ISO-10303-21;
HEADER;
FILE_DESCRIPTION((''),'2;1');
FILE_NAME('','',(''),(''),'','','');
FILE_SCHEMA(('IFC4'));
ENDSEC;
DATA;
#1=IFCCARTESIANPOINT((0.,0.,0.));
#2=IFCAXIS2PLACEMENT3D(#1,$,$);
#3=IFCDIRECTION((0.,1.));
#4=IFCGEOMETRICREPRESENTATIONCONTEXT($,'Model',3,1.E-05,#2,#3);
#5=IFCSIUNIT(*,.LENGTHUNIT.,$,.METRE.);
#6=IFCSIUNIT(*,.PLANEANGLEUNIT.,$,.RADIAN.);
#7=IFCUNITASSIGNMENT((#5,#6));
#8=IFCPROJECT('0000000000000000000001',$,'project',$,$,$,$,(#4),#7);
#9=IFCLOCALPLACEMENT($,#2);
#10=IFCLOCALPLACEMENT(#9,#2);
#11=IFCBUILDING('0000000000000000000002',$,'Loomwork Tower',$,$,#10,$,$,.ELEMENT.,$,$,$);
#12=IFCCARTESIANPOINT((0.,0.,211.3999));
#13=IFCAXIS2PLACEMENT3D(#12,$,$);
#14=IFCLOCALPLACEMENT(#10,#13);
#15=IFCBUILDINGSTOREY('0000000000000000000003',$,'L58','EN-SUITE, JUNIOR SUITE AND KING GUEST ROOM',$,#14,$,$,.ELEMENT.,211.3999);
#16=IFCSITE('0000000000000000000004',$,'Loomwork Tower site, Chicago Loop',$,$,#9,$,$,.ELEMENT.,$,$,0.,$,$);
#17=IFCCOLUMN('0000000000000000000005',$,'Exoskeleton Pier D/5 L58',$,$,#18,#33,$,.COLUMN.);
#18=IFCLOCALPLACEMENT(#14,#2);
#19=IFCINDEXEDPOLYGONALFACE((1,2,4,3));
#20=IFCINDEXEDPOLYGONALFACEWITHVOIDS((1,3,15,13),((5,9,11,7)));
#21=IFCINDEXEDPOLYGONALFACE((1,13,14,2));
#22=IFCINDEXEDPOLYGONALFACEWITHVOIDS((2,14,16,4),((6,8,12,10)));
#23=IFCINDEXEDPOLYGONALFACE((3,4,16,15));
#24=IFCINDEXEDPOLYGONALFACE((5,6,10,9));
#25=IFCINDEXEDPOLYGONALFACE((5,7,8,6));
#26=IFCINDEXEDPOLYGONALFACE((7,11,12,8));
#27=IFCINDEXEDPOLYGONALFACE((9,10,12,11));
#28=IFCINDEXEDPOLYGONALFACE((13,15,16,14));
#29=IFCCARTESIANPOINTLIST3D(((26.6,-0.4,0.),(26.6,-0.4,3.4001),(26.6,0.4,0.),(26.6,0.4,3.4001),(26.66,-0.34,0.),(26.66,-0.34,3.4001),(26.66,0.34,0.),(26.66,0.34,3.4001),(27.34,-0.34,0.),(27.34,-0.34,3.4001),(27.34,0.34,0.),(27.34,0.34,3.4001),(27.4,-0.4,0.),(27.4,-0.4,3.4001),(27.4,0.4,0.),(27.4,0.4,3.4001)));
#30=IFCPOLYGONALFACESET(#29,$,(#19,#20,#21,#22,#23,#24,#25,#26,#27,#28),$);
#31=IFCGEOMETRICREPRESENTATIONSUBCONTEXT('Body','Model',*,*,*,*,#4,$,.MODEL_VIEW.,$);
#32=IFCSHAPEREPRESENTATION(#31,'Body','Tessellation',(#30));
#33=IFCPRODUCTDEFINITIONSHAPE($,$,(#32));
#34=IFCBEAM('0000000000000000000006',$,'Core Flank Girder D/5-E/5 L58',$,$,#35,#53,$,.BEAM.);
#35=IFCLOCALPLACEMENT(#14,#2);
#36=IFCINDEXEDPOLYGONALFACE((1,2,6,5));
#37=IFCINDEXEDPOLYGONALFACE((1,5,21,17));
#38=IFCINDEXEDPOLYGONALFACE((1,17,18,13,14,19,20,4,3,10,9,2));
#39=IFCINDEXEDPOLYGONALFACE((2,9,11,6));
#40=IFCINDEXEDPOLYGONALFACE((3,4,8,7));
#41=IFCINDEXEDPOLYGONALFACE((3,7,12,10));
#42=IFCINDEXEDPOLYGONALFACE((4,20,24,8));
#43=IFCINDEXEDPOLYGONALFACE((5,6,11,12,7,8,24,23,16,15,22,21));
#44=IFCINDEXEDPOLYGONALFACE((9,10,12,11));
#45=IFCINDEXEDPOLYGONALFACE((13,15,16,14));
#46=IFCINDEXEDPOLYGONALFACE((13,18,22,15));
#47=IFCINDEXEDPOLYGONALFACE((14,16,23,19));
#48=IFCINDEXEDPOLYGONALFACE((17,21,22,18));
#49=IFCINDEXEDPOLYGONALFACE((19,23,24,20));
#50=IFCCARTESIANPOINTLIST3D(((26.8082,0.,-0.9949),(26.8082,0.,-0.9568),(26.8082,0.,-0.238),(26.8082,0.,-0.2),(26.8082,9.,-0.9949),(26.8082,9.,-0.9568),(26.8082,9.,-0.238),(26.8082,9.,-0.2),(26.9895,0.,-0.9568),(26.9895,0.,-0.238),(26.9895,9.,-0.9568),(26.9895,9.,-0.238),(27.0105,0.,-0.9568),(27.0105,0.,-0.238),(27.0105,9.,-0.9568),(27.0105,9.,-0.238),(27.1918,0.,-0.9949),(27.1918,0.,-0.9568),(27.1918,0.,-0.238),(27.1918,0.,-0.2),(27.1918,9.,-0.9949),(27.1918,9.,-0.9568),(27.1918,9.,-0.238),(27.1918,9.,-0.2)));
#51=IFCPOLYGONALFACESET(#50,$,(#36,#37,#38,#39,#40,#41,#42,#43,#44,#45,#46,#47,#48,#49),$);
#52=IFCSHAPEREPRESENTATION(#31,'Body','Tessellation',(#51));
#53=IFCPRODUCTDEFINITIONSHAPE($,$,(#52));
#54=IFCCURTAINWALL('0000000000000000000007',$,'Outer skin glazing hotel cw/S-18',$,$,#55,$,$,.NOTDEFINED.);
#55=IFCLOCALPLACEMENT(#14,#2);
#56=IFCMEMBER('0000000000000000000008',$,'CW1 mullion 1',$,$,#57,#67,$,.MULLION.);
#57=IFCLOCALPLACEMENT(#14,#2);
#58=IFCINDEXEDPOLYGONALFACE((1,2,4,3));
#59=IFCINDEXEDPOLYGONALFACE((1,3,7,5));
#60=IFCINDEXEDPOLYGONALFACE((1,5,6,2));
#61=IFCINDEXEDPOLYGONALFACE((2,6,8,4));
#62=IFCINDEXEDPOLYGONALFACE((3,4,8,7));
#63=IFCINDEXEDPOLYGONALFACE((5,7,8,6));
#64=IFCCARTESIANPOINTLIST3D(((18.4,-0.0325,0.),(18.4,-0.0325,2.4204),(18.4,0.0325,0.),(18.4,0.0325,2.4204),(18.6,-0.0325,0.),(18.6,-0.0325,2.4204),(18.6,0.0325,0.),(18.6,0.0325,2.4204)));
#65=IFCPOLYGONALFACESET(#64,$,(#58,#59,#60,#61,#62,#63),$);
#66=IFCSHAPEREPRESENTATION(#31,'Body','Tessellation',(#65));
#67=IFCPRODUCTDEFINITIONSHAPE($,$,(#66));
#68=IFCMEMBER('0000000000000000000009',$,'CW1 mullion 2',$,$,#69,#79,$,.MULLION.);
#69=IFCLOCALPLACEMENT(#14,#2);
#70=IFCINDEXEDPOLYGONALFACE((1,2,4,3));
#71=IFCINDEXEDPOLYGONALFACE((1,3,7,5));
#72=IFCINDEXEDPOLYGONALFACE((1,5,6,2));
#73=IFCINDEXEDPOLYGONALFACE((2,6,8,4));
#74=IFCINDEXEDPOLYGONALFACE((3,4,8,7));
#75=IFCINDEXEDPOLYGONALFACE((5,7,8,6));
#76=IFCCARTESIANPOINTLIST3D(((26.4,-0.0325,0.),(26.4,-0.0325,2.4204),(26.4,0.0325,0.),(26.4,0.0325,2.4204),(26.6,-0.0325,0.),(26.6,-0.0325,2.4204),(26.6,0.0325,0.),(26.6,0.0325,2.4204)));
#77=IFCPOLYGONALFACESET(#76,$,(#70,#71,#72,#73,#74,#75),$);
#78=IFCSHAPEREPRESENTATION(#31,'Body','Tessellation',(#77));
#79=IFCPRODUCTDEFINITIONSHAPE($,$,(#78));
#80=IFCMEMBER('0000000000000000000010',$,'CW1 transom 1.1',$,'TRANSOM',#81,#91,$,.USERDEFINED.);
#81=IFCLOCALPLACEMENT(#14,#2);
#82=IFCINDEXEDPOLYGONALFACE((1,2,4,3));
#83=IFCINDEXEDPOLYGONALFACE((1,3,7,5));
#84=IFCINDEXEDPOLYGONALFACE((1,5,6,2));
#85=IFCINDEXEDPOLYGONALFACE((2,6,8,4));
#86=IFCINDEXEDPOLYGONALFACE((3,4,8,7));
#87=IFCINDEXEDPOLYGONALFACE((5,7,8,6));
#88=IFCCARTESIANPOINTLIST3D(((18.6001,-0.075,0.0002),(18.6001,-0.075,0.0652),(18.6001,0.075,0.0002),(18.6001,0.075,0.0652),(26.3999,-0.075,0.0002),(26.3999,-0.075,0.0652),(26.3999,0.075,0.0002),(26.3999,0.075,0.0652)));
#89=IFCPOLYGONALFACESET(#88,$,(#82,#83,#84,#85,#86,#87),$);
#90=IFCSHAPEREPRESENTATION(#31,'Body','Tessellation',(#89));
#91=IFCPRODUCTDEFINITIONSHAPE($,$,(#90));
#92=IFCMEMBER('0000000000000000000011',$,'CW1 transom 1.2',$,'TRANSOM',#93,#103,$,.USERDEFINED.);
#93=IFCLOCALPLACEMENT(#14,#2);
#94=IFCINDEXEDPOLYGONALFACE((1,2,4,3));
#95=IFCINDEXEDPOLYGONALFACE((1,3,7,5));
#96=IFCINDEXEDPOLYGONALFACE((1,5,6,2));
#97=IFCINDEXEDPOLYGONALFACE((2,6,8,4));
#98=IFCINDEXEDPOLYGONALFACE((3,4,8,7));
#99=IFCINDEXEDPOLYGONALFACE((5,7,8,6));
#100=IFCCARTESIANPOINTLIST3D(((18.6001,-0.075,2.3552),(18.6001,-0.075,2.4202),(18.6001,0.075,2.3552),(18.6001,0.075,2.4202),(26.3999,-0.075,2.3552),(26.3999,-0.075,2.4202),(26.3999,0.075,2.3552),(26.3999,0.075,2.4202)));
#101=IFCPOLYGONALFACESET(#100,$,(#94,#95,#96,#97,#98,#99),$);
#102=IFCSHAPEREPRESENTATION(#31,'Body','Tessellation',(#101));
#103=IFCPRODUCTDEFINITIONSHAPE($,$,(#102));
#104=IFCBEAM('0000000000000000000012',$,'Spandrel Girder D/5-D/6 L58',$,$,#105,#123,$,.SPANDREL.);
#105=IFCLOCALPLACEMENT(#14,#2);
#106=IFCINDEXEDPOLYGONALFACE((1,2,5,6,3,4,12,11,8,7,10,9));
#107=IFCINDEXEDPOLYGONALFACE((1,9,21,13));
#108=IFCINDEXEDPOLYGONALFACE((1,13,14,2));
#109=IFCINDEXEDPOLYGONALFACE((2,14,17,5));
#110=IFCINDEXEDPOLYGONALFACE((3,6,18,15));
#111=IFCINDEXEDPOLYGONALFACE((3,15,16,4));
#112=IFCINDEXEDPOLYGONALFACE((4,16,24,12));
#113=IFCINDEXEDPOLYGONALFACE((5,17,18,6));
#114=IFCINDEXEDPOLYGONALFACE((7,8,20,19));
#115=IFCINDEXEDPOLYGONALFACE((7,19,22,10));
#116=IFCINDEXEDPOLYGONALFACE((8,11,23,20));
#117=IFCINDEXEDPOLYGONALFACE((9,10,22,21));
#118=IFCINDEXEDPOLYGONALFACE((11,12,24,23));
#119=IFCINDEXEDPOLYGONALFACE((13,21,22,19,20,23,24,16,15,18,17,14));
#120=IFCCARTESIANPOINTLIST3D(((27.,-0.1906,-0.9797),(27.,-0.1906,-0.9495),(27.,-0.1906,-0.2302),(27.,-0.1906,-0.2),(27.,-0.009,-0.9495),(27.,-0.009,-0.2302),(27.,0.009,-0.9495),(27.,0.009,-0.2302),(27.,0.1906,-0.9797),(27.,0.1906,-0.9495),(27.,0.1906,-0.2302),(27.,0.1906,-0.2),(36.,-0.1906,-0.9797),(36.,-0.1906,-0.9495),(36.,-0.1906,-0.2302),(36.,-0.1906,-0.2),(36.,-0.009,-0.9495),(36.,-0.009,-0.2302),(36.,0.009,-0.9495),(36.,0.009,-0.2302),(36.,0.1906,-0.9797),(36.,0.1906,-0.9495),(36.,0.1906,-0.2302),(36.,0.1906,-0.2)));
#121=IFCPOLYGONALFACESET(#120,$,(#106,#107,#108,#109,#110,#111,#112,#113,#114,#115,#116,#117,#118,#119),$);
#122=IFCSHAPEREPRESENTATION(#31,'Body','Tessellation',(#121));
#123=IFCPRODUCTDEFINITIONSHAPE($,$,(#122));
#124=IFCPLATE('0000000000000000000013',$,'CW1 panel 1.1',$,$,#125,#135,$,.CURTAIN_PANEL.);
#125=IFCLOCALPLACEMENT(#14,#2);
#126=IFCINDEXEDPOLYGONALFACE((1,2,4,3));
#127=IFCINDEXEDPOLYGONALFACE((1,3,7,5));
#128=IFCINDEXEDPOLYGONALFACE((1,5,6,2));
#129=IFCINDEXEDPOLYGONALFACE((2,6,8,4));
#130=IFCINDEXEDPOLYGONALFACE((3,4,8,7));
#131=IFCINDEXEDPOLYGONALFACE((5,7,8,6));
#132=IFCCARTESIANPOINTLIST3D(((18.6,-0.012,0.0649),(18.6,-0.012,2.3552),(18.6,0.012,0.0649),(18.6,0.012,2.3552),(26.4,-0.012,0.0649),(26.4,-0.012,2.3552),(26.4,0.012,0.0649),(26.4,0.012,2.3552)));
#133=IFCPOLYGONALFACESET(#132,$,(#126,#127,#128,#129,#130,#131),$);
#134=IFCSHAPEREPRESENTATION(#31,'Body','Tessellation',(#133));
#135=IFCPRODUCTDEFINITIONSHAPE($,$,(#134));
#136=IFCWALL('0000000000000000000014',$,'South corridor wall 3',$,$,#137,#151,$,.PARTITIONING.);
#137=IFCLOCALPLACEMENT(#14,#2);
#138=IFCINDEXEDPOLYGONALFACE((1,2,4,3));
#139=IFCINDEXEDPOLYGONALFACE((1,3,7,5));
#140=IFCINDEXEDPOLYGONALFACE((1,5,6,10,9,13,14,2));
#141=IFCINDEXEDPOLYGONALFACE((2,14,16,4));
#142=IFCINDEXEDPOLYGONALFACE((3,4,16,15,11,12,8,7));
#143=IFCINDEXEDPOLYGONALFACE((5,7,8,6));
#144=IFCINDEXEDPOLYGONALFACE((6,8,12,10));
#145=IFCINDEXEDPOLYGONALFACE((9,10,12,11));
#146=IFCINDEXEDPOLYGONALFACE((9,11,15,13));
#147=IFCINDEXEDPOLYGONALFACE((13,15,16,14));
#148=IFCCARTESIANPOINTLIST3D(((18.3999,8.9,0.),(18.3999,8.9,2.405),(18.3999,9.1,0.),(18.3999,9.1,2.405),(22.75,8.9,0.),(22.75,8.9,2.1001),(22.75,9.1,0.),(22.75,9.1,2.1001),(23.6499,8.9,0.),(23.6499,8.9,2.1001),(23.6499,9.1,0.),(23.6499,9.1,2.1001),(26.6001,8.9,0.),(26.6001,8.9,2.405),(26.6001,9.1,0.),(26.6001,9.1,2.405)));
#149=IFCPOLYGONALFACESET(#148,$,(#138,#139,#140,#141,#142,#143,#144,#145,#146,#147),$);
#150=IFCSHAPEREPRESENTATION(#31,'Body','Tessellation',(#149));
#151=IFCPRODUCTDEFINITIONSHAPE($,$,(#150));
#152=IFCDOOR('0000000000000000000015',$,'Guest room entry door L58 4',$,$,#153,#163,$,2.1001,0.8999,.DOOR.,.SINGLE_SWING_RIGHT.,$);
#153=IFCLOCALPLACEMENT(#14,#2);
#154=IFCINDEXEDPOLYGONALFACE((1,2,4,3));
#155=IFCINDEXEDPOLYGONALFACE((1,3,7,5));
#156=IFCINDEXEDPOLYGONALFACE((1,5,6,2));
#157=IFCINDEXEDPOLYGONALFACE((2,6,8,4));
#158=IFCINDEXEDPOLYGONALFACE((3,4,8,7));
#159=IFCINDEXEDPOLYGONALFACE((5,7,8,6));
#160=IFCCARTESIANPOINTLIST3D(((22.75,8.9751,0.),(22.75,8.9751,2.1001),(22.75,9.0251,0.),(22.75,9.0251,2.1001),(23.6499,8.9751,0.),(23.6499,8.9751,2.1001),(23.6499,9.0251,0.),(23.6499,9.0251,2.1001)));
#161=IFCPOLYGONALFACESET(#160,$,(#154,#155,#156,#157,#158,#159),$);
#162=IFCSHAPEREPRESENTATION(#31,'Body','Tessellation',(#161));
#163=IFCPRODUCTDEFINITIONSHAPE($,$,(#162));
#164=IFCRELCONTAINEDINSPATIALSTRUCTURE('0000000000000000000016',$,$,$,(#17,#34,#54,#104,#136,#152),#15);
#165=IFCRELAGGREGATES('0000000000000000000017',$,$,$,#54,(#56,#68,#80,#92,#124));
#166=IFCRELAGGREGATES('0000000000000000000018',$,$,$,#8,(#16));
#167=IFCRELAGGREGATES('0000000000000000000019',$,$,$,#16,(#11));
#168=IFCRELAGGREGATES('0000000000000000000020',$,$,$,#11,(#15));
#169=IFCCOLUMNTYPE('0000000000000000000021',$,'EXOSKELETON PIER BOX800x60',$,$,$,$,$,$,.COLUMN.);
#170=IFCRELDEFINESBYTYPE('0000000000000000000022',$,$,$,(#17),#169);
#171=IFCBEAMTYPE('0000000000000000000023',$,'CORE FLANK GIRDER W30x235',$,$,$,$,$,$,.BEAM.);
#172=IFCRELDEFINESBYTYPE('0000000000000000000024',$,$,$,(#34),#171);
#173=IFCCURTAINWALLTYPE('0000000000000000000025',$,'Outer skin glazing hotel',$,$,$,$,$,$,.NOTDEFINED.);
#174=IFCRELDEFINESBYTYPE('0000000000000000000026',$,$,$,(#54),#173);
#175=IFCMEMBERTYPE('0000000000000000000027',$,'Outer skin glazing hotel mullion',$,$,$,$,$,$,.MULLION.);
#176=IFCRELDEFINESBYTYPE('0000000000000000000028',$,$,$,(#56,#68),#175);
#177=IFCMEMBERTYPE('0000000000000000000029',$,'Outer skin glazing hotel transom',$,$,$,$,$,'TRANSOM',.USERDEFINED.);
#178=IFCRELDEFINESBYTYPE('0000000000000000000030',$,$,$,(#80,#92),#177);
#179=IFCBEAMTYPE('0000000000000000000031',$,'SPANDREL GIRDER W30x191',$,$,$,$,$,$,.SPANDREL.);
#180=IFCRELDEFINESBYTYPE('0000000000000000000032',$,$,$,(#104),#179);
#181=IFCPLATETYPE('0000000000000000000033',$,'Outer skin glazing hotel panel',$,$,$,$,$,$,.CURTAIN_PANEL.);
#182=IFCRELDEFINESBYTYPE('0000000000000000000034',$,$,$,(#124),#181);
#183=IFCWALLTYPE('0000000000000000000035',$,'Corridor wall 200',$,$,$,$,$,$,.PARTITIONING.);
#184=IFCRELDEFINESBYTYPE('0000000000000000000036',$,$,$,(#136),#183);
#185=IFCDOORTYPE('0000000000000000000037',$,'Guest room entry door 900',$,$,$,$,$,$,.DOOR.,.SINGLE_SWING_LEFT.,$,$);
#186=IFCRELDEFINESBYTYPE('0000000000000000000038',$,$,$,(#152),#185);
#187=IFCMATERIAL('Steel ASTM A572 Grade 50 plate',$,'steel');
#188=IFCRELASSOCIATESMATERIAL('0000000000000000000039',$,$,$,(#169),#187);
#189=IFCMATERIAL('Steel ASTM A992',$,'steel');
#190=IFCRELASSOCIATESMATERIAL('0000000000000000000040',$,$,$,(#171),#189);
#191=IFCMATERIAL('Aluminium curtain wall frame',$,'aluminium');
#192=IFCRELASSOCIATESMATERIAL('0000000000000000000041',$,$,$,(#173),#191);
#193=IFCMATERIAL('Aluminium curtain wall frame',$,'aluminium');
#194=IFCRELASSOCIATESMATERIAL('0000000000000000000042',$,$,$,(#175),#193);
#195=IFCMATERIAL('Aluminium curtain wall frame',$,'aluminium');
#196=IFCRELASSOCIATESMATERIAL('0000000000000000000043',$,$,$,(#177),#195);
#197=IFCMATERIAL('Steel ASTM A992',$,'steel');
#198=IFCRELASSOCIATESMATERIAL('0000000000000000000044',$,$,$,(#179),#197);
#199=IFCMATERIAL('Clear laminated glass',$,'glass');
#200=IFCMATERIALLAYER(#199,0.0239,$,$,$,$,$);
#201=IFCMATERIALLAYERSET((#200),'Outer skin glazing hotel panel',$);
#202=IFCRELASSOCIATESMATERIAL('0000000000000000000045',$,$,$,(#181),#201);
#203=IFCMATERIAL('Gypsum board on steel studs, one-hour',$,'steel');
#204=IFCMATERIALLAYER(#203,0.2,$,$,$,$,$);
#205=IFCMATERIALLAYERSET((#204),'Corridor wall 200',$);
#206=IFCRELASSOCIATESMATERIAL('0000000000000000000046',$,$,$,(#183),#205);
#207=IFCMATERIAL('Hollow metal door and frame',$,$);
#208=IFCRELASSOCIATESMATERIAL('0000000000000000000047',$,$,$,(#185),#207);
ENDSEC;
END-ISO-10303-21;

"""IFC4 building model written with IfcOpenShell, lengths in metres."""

from ifc_helpers import new_model, si_unit, direction, frame, frame_2d, origin, origin_2d, place, context, subcontext, project, spatial, rectangle, hollow_rectangle, i_section, extrude, material, layer, layer_set, material_profile, profile_set, type_object, element, fill, aggregate, save


model = new_model("IFC4")

# Units and contexts
model_context = context("Model", 3, precision=1e-05, world=origin(), true_north=direction((0.0, 1.0)))
body_context = subcontext(model_context, "Body", "Model", "MODEL_VIEW")
ifc_project = project(units=[si_unit("LENGTHUNIT", "METRE"), si_unit("PLANEANGLEUNIT", "RADIAN")], contexts=[model_context])

# Site, building, storey
site_placement = place(None, origin())
site = spatial("IfcSite", under=ifc_project, at=site_placement, Name="Loomwork Tower site, Chicago Loop", CompositionType="ELEMENT", RefElevation=0.0)
building_placement = place(site_placement, origin())
building = spatial("IfcBuilding", under=site, at=building_placement, Name="Loomwork Tower", CompositionType="ELEMENT")
storey_placement = place(building_placement, frame((0.0, 0.0, 211.3999)))
storey = spatial("IfcBuildingStorey", under=building, at=storey_placement, Name="L58", Description="EN-SUITE, JUNIOR SUITE AND KING GUEST ROOM", CompositionType="ELEMENT", Elevation=211.3999)

# Column
ifc_material_1 = material(Name="Steel ASTM A572 Grade 50 plate", Category="steel")
ifc_material_profile_1 = material_profile(ifc_material_1, hollow_rectangle(XDim=0.8, YDim=0.8, WallThickness=0.0601, at=origin_2d()), Name="BOX800x60")
ifc_profile_set_1 = profile_set([ifc_material_profile_1], Name="Steel ASTM A572 Grade 50 plate")
column_type = type_object("IfcColumnType", Name="EXOSKELETON PIER BOX800x60", PredefinedType="COLUMN", material=ifc_profile_set_1)
column_placement = place(storey_placement, frame((27.0, 0.0, 0.0), z_axis=(0.0, 0.0, 1.0), x_axis=(1.0, 0.0, 0.0)))
element("IfcColumn", 1, at=column_placement, inside=storey, type_object=column_type, Name="Exoskeleton Pier D/5 L58", PredefinedType="COLUMN", context=body_context, shape_type="SweptSolid", body=[
    extrude(hollow_rectangle(XDim=0.8, YDim=0.8, WallThickness=0.0601, at=origin_2d()), origin(), (0.0, 0.0, 1.0), 3.4001),
])

# Beam
ifc_material_2 = material(Name="Steel ASTM A992", Category="steel")
ifc_material_profile_2 = material_profile(ifc_material_2, i_section(OverallWidth=0.3835, OverallDepth=0.7949, WebThickness=0.021, FlangeThickness=0.0381, at=origin_2d()), Name="W30x235")
ifc_profile_set_2 = profile_set([ifc_material_profile_2], Name="Steel ASTM A992")
beam_type_1 = type_object("IfcBeamType", Name="CORE FLANK GIRDER W30x235", PredefinedType="BEAM", material=ifc_profile_set_2)
beam_1_placement = place(storey_placement, frame((27.0, 0.0, -0.5974), z_axis=(0.0, 1.0, 0.0), x_axis=(-1.0, 0.0, 0.0)))
element("IfcBeam", 2, at=beam_1_placement, inside=storey, type_object=beam_type_1, Name="Core Flank Girder D/5-E/5 L58", PredefinedType="BEAM", context=body_context, shape_type="SweptSolid", body=[
    extrude(i_section(OverallWidth=0.3835, OverallDepth=0.7949, WebThickness=0.021, FlangeThickness=0.0381, at=origin_2d()), origin(), (0.0, 0.0, 1.0), 9.0),
])

# Curtain wall, members
ifc_material_3 = material(Name="Aluminium curtain wall frame", Category="aluminium")
curtain_wall_type = type_object("IfcCurtainWallType", Name="Outer skin glazing hotel", PredefinedType="NOTDEFINED", material=ifc_material_3)
curtain_wall_placement = place(storey_placement, origin())
curtain_wall = element("IfcCurtainWall", 3, at=curtain_wall_placement, inside=storey, type_object=curtain_wall_type, Name="Outer skin glazing hotel cw/S-18", PredefinedType="NOTDEFINED")
ifc_material_4 = material(Name="Aluminium curtain wall frame", Category="aluminium")
ifc_material_profile_3 = material_profile(ifc_material_4, rectangle(XDim=0.0649, YDim=0.2, at=origin_2d()), Name="AL 65x200")
ifc_profile_set_3 = profile_set([ifc_material_profile_3], Name="Aluminium curtain wall frame")
member_type_1 = type_object("IfcMemberType", Name="Outer skin glazing hotel mullion", PredefinedType="MULLION", material=ifc_profile_set_3)
member_1_placement = place(storey_placement, frame((18.5, 0.0, 0.0), z_axis=(0.0, 0.0, 1.0), x_axis=(0.0, 1.0, 0.0)))
member_1 = element("IfcMember", 4, at=member_1_placement, type_object=member_type_1, Name="CW1 mullion 1", PredefinedType="MULLION", context=body_context, shape_type="SweptSolid", body=[
    extrude(rectangle(XDim=0.0649, YDim=0.2, at=origin_2d()), origin(), (0.0, 0.0, 1.0), 2.4204),
])
member_2_placement = place(storey_placement, frame((26.5, 0.0, 0.0), z_axis=(0.0, 0.0, 1.0), x_axis=(0.0, 1.0, 0.0)))
member_2 = element("IfcMember", 5, at=member_2_placement, type_object=member_type_1, Name="CW1 mullion 2", PredefinedType="MULLION", context=body_context, shape_type="SweptSolid", body=[
    extrude(rectangle(XDim=0.0649, YDim=0.2, at=origin_2d()), origin(), (0.0, 0.0, 1.0), 2.4204),
])
ifc_material_5 = material(Name="Aluminium curtain wall frame", Category="aluminium")
ifc_material_profile_4 = material_profile(ifc_material_5, rectangle(XDim=0.1499, YDim=0.0649, at=origin_2d()), Name="AL 65x150")
ifc_profile_set_4 = profile_set([ifc_material_profile_4], Name="Aluminium curtain wall frame")
member_type_2 = type_object("IfcMemberType", Name="Outer skin glazing hotel transom", ElementType="TRANSOM", PredefinedType="USERDEFINED", material=ifc_profile_set_4)
member_3_placement = place(storey_placement, frame((18.6001, 0.0, 0.0327), z_axis=(1.0, 0.0, 0.0), x_axis=(0.0, 1.0, 0.0)))
member_3 = element("IfcMember", 6, at=member_3_placement, type_object=member_type_2, Name="CW1 transom 1.1", ObjectType="TRANSOM", PredefinedType="USERDEFINED", context=body_context, shape_type="SweptSolid", body=[
    extrude(rectangle(XDim=0.1499, YDim=0.0649, at=origin_2d()), origin(), (0.0, 0.0, 1.0), 7.7998),
])
member_4_placement = place(storey_placement, frame((18.6001, 0.0, 2.3877), z_axis=(1.0, 0.0, 0.0), x_axis=(0.0, 1.0, 0.0)))
member_4 = element("IfcMember", 7, at=member_4_placement, type_object=member_type_2, Name="CW1 transom 1.2", ObjectType="TRANSOM", PredefinedType="USERDEFINED", context=body_context, shape_type="SweptSolid", body=[
    extrude(rectangle(XDim=0.1499, YDim=0.0649, at=origin_2d()), origin(), (0.0, 0.0, 1.0), 7.7998),
])

# Beam
ifc_material_6 = material(Name="Steel ASTM A992", Category="steel")
ifc_material_profile_5 = material_profile(ifc_material_6, i_section(OverallWidth=0.3811, OverallDepth=0.7798, WebThickness=0.0181, FlangeThickness=0.0303, at=origin_2d()), Name="W30x191")
ifc_profile_set_5 = profile_set([ifc_material_profile_5], Name="Steel ASTM A992")
beam_type_2 = type_object("IfcBeamType", Name="SPANDREL GIRDER W30x191", PredefinedType="SPANDREL", material=ifc_profile_set_5)
beam_2_placement = place(storey_placement, frame((27.0, 0.0, -0.5898), z_axis=(1.0, 0.0, 0.0), x_axis=(0.0, 1.0, 0.0)))
element("IfcBeam", 8, at=beam_2_placement, inside=storey, type_object=beam_type_2, Name="Spandrel Girder D/5-D/6 L58", PredefinedType="SPANDREL", context=body_context, shape_type="SweptSolid", body=[
    extrude(i_section(OverallWidth=0.3811, OverallDepth=0.7798, WebThickness=0.0181, FlangeThickness=0.0303, at=origin_2d()), origin(), (0.0, 0.0, 1.0), 9.0),
])

# Plate
ifc_material_7 = material(Name="Clear laminated glass", Category="glass")
ifc_layer_1 = layer(ifc_material_7, 0.0239)
ifc_layer_set_1 = layer_set([ifc_layer_1], Name="Outer skin glazing hotel panel")
plate_type = type_object("IfcPlateType", Name="Outer skin glazing hotel panel", PredefinedType="CURTAIN_PANEL", material=ifc_layer_set_1)
plate_placement = place(storey_placement, frame((22.5, 0.0, 0.0649), z_axis=(0.0, 0.0, 1.0), x_axis=(1.0, 0.0, 0.0)))
plate = element("IfcPlate", 9, at=plate_placement, type_object=plate_type, Name="CW1 panel 1.1", PredefinedType="CURTAIN_PANEL", context=body_context, shape_type="SweptSolid", body=[
    extrude(rectangle(XDim=7.8, YDim=0.0239, at=origin_2d()), origin(), (0.0, 0.0, 1.0), 2.2903),
])
aggregate(curtain_wall, [member_1, member_2, member_3, member_4, plate])

# Wall, opening, door
ifc_material_8 = material(Name="Gypsum board on steel studs, one-hour", Category="steel")
ifc_layer_2 = layer(ifc_material_8, 0.2)
ifc_layer_set_2 = layer_set([ifc_layer_2], Name="Corridor wall 200")
wall_type_1 = type_object("IfcWallType", Name="Corridor wall 200", PredefinedType="PARTITIONING", material=ifc_layer_set_2)
wall_1_placement = place(storey_placement, frame((18.3999, 9.0, 0.0), z_axis=(0.0, 0.0, 1.0), x_axis=(1.0, 0.0, 0.0)))
wall_1 = element("IfcWall", 10, at=wall_1_placement, inside=storey, type_object=wall_type_1, Name="South corridor wall 3", PredefinedType="PARTITIONING", context=body_context, shape_type="SweptSolid", body=[
    extrude(rectangle(XDim=8.2002, YDim=0.2, at=frame_2d((4.1001, 0.0))), origin(), (0.0, 0.0, 1.0), 2.405),
])
opening_1_placement = place(wall_1_placement, frame((4.3501, 0.0, 0.0)))
opening_1 = element("IfcOpeningElement", 11, at=opening_1_placement, cuts=wall_1, PredefinedType="OPENING", context=body_context, shape_type="SweptSolid", body=[
    extrude(rectangle(XDim=0.8999, YDim=2.1001, at=frame_2d((0.45, 1.05))), frame((0.0, 0.1099, 0.0), z_axis=(0.0, -1.0, 0.0), x_axis=(1.0, 0.0, 0.0)), (0.0, 0.0, 1.0), 0.22),
])
ifc_material_9 = material(Name="Hollow metal door and frame")
door_type_1 = type_object("IfcDoorType", Name="Guest room entry door 900", OperationType="SINGLE_SWING_LEFT", PredefinedType="DOOR", material=ifc_material_9)
door_1_placement = place(opening_1_placement, frame((0.8999, 0.0, 0.0), z_axis=(0.0, 0.0, 1.0), x_axis=(-1.0, 0.0, 0.0)))
door_1 = element("IfcDoor", 12, at=door_1_placement, inside=storey, type_object=door_type_1, Name="Guest room entry door L58 4", OperationType="SINGLE_SWING_RIGHT", OverallHeight=2.1001, OverallWidth=0.8999, PredefinedType="DOOR", context=body_context, shape_type="SweptSolid", body=[
    extrude(rectangle(XDim=0.8999, YDim=2.1001, at=frame_2d((0.45, 1.05))), frame((0.0, 0.0249, 0.0), z_axis=(0.0, -1.0, 0.0), x_axis=(1.0, 0.0, 0.0)), (0.0, 0.0, 1.0), 0.05),
])
fill(opening_1, door_1)

save(model, "model.ifc")
